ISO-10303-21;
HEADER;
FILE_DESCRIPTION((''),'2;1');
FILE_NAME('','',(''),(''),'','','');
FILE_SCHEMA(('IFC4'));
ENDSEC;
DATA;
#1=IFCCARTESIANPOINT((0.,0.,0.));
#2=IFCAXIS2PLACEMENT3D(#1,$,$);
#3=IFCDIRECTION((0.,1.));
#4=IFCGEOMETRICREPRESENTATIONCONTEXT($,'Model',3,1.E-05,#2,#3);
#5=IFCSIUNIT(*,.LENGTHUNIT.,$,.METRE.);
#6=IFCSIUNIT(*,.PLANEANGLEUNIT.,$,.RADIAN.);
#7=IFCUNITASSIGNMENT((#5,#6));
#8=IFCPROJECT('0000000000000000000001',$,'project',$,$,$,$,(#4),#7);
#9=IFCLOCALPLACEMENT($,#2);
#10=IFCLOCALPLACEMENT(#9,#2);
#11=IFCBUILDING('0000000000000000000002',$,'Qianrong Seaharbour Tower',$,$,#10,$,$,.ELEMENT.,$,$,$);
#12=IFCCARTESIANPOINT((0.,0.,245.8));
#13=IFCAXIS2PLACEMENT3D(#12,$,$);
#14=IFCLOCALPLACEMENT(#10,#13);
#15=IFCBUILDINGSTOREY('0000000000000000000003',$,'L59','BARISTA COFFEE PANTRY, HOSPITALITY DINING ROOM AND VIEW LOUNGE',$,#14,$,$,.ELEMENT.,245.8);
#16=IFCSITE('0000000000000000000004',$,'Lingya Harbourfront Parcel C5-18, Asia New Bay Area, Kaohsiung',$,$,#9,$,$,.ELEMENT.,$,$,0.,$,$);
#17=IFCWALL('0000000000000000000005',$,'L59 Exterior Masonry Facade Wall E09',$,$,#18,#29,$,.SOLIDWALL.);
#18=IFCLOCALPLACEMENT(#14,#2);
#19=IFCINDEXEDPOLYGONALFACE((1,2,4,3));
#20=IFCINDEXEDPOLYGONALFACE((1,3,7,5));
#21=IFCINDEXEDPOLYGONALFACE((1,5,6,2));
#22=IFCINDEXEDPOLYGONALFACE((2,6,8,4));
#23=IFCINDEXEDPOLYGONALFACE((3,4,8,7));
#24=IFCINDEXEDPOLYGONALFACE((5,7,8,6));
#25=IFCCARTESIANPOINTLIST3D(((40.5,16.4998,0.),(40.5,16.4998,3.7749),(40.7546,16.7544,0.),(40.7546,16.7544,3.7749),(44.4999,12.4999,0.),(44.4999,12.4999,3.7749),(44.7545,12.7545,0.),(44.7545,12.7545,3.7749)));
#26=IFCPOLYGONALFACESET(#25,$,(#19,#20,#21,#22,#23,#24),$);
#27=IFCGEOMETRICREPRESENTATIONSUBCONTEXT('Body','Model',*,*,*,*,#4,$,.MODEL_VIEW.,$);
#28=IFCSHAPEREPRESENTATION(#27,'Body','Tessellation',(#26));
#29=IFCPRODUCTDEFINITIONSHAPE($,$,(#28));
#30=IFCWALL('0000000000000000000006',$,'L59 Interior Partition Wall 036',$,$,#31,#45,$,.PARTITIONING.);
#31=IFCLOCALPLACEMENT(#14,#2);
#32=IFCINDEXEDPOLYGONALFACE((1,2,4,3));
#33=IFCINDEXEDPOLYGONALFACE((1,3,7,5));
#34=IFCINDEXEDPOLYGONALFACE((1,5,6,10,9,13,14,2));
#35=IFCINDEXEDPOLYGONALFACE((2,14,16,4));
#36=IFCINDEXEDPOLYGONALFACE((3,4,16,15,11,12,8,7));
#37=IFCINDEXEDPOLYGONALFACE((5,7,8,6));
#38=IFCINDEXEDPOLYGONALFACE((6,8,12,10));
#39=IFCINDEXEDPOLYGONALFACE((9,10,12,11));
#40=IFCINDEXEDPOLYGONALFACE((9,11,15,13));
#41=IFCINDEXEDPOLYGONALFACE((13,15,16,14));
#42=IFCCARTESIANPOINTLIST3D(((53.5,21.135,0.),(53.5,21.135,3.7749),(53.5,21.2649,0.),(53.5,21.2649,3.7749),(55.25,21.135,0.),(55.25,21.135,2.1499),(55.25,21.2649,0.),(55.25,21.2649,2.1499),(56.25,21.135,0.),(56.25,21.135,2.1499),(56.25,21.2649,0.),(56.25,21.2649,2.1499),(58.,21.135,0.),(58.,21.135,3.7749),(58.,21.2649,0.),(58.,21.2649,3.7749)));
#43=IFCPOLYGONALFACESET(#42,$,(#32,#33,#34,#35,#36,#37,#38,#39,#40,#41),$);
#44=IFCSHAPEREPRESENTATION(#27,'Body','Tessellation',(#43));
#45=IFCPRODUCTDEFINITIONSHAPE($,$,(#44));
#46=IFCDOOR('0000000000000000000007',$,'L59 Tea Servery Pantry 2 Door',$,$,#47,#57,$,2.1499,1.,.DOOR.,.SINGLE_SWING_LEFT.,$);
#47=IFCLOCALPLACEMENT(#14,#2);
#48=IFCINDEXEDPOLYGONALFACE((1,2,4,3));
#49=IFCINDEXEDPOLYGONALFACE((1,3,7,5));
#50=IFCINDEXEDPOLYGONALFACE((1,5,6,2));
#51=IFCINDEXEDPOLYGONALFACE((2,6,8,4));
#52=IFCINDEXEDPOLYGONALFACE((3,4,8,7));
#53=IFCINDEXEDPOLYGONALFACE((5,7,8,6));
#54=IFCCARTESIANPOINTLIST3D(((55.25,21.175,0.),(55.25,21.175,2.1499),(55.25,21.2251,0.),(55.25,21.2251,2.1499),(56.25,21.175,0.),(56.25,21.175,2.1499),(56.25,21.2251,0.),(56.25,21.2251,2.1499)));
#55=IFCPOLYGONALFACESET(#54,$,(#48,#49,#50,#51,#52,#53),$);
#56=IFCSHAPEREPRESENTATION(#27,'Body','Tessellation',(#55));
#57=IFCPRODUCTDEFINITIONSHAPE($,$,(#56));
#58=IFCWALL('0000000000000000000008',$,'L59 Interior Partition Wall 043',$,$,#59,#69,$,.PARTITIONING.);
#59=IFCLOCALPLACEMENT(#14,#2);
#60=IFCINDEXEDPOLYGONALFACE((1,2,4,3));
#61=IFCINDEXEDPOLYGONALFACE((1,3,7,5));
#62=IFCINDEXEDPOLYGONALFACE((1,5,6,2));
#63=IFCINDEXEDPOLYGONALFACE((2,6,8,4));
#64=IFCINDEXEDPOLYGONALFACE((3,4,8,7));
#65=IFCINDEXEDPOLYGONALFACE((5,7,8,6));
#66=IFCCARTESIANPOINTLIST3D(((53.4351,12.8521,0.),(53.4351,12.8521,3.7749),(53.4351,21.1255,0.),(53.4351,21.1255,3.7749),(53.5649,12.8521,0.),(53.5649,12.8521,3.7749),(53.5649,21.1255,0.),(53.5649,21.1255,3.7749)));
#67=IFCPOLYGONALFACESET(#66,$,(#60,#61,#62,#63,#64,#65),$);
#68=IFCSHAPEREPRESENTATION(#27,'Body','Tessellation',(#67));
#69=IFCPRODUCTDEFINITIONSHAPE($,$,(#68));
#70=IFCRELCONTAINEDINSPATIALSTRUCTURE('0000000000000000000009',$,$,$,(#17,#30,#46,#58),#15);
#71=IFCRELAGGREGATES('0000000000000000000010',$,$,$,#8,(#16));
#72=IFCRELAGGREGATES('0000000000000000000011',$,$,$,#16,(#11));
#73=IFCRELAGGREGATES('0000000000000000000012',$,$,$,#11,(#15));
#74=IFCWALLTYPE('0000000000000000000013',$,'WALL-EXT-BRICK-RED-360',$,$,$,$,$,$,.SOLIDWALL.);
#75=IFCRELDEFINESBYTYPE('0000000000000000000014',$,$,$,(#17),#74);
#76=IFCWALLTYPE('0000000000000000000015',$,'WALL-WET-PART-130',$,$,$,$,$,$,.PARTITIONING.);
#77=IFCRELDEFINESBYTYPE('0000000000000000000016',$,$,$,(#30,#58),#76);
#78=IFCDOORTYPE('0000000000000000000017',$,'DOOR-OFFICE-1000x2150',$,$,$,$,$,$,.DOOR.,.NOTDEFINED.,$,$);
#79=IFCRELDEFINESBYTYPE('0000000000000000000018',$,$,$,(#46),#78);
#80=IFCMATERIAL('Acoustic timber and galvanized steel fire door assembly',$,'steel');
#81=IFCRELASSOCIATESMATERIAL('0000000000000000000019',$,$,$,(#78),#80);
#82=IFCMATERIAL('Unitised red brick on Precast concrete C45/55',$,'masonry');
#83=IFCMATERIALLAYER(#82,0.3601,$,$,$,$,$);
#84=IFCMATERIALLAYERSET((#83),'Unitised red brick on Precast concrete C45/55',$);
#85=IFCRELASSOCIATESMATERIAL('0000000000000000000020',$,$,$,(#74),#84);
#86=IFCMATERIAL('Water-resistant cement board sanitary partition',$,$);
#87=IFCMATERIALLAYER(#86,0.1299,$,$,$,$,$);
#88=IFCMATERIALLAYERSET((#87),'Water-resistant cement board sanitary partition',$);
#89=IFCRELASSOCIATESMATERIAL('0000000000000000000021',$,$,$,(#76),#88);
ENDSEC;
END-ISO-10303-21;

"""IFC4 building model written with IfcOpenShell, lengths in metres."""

from ifc_helpers import new_model, si_unit, direction, frame, frame_2d, origin, place, context, subcontext, project, spatial, rectangle, extrude, material, layer, layer_set, type_object, element, fill, save


model = new_model("IFC4")

# Units and contexts
model_context = context("Model", 3, precision=1e-05, world=origin(), true_north=direction((0.0, 1.0)))
body_context = subcontext(model_context, "Body", "Model", "MODEL_VIEW")
ifc_project = project(units=[si_unit("LENGTHUNIT", "METRE"), si_unit("PLANEANGLEUNIT", "RADIAN")], contexts=[model_context])

# Site, building, storey
site_placement = place(None, origin())
site = spatial("IfcSite", under=ifc_project, at=site_placement, Name="Lingya Harbourfront Parcel C5-18, Asia New Bay Area, Kaohsiung", CompositionType="ELEMENT", RefElevation=0.0)
building_placement = place(site_placement, origin())
building = spatial("IfcBuilding", under=site, at=building_placement, Name="Qianrong Seaharbour Tower", CompositionType="ELEMENT")
storey_placement = place(building_placement, frame((0.0, 0.0, 245.8)))
storey = spatial("IfcBuildingStorey", under=building, at=storey_placement, Name="L59", Description="BARISTA COFFEE PANTRY, HOSPITALITY DINING ROOM AND VIEW LOUNGE", CompositionType="ELEMENT", Elevation=245.8)

# Shared definitions
ifc_material_1 = material(Name="Acoustic timber and galvanized steel fire door assembly", Category="steel")
door_type = type_object("IfcDoorType", Name="DOOR-OFFICE-1000x2150", OperationType="NOTDEFINED", PredefinedType="DOOR", material=ifc_material_1)

# Wall
ifc_material_2 = material(Name="Unitised red brick on Precast concrete C45/55", Category="masonry")
ifc_layer_1 = layer(ifc_material_2, 0.3601)
ifc_layer_set_1 = layer_set([ifc_layer_1], Name="Unitised red brick on Precast concrete C45/55")
wall_type_1 = type_object("IfcWallType", Name="WALL-EXT-BRICK-RED-360", PredefinedType="SOLIDWALL", material=ifc_layer_set_1)
wall_1_placement = place(storey_placement, frame((44.6272, 12.6272, 0.0), z_axis=(0.0, 0.0, 1.0), x_axis=(-0.707107, 0.707107, 0.0)))
element("IfcWall", 1, at=wall_1_placement, inside=storey, type_object=wall_type_1, Name="L59 Exterior Masonry Facade Wall E09", PredefinedType="SOLIDWALL", context=body_context, shape_type="SweptSolid", body=[
    extrude(rectangle(XDim=5.6567, YDim=0.3601, at=frame_2d((2.8284, 0.0))), origin(), (0.0, 0.0, 1.0), 3.7749),
])

# Wall, opening, door
ifc_material_3 = material(Name="Water-resistant cement board sanitary partition")
ifc_layer_2 = layer(ifc_material_3, 0.1299)
ifc_layer_set_2 = layer_set([ifc_layer_2], Name="Water-resistant cement board sanitary partition")
wall_type_2 = type_object("IfcWallType", Name="WALL-WET-PART-130", PredefinedType="PARTITIONING", material=ifc_layer_set_2)
wall_2_placement = place(storey_placement, frame((58.0, 21.2, 0.0), z_axis=(0.0, 0.0, 1.0), x_axis=(-1.0, 0.0, 0.0)))
wall_2 = element("IfcWall", 2, at=wall_2_placement, inside=storey, type_object=wall_type_2, Name="L59 Interior Partition Wall 036", PredefinedType="PARTITIONING", context=body_context, shape_type="SweptSolid", body=[
    extrude(rectangle(XDim=4.5, YDim=0.1299, at=frame_2d((2.25, 0.0))), origin(), (0.0, 0.0, 1.0), 3.7749),
])
opening_1_placement = place(wall_2_placement, frame((1.75, 0.0, 0.0)))
opening_1 = element("IfcOpeningElement", 3, at=opening_1_placement, cuts=wall_2, PredefinedType="OPENING", context=body_context, shape_type="SweptSolid", body=[
    extrude(rectangle(XDim=1.0, YDim=2.1499, at=frame_2d((0.5, 1.075))), frame((0.0, 0.075, 0.0), z_axis=(0.0, -1.0, 0.0), x_axis=(1.0, 0.0, 0.0)), (0.0, 0.0, 1.0), 0.1499),
])
door_1_placement = place(opening_1_placement, origin())
door_1 = element("IfcDoor", 4, at=door_1_placement, inside=storey, type_object=door_type, Name="L59 Tea Servery Pantry 2 Door", OperationType="SINGLE_SWING_LEFT", OverallHeight=2.1499, OverallWidth=1.0, PredefinedType="DOOR", context=body_context, shape_type="SweptSolid", body=[
    extrude(rectangle(XDim=1.0, YDim=2.1499, at=frame_2d((0.5, 1.075))), frame((0.0, 0.0249, 0.0), z_axis=(0.0, -1.0, 0.0), x_axis=(1.0, 0.0, 0.0)), (0.0, 0.0, 1.0), 0.05),
])
fill(opening_1, door_1)

# Wall
wall_3_placement = place(storey_placement, frame((53.5, 21.1255, 0.0), z_axis=(0.0, 0.0, 1.0), x_axis=(0.0, -1.0, 0.0)))
element("IfcWall", 5, at=wall_3_placement, inside=storey, type_object=wall_type_2, Name="L59 Interior Partition Wall 043", PredefinedType="PARTITIONING", context=body_context, shape_type="SweptSolid", body=[
    extrude(rectangle(XDim=8.2734, YDim=0.1299, at=frame_2d((4.1367, 0.0))), origin(), (0.0, 0.0, 1.0), 3.7749),
])

save(model, "model.ifc")
